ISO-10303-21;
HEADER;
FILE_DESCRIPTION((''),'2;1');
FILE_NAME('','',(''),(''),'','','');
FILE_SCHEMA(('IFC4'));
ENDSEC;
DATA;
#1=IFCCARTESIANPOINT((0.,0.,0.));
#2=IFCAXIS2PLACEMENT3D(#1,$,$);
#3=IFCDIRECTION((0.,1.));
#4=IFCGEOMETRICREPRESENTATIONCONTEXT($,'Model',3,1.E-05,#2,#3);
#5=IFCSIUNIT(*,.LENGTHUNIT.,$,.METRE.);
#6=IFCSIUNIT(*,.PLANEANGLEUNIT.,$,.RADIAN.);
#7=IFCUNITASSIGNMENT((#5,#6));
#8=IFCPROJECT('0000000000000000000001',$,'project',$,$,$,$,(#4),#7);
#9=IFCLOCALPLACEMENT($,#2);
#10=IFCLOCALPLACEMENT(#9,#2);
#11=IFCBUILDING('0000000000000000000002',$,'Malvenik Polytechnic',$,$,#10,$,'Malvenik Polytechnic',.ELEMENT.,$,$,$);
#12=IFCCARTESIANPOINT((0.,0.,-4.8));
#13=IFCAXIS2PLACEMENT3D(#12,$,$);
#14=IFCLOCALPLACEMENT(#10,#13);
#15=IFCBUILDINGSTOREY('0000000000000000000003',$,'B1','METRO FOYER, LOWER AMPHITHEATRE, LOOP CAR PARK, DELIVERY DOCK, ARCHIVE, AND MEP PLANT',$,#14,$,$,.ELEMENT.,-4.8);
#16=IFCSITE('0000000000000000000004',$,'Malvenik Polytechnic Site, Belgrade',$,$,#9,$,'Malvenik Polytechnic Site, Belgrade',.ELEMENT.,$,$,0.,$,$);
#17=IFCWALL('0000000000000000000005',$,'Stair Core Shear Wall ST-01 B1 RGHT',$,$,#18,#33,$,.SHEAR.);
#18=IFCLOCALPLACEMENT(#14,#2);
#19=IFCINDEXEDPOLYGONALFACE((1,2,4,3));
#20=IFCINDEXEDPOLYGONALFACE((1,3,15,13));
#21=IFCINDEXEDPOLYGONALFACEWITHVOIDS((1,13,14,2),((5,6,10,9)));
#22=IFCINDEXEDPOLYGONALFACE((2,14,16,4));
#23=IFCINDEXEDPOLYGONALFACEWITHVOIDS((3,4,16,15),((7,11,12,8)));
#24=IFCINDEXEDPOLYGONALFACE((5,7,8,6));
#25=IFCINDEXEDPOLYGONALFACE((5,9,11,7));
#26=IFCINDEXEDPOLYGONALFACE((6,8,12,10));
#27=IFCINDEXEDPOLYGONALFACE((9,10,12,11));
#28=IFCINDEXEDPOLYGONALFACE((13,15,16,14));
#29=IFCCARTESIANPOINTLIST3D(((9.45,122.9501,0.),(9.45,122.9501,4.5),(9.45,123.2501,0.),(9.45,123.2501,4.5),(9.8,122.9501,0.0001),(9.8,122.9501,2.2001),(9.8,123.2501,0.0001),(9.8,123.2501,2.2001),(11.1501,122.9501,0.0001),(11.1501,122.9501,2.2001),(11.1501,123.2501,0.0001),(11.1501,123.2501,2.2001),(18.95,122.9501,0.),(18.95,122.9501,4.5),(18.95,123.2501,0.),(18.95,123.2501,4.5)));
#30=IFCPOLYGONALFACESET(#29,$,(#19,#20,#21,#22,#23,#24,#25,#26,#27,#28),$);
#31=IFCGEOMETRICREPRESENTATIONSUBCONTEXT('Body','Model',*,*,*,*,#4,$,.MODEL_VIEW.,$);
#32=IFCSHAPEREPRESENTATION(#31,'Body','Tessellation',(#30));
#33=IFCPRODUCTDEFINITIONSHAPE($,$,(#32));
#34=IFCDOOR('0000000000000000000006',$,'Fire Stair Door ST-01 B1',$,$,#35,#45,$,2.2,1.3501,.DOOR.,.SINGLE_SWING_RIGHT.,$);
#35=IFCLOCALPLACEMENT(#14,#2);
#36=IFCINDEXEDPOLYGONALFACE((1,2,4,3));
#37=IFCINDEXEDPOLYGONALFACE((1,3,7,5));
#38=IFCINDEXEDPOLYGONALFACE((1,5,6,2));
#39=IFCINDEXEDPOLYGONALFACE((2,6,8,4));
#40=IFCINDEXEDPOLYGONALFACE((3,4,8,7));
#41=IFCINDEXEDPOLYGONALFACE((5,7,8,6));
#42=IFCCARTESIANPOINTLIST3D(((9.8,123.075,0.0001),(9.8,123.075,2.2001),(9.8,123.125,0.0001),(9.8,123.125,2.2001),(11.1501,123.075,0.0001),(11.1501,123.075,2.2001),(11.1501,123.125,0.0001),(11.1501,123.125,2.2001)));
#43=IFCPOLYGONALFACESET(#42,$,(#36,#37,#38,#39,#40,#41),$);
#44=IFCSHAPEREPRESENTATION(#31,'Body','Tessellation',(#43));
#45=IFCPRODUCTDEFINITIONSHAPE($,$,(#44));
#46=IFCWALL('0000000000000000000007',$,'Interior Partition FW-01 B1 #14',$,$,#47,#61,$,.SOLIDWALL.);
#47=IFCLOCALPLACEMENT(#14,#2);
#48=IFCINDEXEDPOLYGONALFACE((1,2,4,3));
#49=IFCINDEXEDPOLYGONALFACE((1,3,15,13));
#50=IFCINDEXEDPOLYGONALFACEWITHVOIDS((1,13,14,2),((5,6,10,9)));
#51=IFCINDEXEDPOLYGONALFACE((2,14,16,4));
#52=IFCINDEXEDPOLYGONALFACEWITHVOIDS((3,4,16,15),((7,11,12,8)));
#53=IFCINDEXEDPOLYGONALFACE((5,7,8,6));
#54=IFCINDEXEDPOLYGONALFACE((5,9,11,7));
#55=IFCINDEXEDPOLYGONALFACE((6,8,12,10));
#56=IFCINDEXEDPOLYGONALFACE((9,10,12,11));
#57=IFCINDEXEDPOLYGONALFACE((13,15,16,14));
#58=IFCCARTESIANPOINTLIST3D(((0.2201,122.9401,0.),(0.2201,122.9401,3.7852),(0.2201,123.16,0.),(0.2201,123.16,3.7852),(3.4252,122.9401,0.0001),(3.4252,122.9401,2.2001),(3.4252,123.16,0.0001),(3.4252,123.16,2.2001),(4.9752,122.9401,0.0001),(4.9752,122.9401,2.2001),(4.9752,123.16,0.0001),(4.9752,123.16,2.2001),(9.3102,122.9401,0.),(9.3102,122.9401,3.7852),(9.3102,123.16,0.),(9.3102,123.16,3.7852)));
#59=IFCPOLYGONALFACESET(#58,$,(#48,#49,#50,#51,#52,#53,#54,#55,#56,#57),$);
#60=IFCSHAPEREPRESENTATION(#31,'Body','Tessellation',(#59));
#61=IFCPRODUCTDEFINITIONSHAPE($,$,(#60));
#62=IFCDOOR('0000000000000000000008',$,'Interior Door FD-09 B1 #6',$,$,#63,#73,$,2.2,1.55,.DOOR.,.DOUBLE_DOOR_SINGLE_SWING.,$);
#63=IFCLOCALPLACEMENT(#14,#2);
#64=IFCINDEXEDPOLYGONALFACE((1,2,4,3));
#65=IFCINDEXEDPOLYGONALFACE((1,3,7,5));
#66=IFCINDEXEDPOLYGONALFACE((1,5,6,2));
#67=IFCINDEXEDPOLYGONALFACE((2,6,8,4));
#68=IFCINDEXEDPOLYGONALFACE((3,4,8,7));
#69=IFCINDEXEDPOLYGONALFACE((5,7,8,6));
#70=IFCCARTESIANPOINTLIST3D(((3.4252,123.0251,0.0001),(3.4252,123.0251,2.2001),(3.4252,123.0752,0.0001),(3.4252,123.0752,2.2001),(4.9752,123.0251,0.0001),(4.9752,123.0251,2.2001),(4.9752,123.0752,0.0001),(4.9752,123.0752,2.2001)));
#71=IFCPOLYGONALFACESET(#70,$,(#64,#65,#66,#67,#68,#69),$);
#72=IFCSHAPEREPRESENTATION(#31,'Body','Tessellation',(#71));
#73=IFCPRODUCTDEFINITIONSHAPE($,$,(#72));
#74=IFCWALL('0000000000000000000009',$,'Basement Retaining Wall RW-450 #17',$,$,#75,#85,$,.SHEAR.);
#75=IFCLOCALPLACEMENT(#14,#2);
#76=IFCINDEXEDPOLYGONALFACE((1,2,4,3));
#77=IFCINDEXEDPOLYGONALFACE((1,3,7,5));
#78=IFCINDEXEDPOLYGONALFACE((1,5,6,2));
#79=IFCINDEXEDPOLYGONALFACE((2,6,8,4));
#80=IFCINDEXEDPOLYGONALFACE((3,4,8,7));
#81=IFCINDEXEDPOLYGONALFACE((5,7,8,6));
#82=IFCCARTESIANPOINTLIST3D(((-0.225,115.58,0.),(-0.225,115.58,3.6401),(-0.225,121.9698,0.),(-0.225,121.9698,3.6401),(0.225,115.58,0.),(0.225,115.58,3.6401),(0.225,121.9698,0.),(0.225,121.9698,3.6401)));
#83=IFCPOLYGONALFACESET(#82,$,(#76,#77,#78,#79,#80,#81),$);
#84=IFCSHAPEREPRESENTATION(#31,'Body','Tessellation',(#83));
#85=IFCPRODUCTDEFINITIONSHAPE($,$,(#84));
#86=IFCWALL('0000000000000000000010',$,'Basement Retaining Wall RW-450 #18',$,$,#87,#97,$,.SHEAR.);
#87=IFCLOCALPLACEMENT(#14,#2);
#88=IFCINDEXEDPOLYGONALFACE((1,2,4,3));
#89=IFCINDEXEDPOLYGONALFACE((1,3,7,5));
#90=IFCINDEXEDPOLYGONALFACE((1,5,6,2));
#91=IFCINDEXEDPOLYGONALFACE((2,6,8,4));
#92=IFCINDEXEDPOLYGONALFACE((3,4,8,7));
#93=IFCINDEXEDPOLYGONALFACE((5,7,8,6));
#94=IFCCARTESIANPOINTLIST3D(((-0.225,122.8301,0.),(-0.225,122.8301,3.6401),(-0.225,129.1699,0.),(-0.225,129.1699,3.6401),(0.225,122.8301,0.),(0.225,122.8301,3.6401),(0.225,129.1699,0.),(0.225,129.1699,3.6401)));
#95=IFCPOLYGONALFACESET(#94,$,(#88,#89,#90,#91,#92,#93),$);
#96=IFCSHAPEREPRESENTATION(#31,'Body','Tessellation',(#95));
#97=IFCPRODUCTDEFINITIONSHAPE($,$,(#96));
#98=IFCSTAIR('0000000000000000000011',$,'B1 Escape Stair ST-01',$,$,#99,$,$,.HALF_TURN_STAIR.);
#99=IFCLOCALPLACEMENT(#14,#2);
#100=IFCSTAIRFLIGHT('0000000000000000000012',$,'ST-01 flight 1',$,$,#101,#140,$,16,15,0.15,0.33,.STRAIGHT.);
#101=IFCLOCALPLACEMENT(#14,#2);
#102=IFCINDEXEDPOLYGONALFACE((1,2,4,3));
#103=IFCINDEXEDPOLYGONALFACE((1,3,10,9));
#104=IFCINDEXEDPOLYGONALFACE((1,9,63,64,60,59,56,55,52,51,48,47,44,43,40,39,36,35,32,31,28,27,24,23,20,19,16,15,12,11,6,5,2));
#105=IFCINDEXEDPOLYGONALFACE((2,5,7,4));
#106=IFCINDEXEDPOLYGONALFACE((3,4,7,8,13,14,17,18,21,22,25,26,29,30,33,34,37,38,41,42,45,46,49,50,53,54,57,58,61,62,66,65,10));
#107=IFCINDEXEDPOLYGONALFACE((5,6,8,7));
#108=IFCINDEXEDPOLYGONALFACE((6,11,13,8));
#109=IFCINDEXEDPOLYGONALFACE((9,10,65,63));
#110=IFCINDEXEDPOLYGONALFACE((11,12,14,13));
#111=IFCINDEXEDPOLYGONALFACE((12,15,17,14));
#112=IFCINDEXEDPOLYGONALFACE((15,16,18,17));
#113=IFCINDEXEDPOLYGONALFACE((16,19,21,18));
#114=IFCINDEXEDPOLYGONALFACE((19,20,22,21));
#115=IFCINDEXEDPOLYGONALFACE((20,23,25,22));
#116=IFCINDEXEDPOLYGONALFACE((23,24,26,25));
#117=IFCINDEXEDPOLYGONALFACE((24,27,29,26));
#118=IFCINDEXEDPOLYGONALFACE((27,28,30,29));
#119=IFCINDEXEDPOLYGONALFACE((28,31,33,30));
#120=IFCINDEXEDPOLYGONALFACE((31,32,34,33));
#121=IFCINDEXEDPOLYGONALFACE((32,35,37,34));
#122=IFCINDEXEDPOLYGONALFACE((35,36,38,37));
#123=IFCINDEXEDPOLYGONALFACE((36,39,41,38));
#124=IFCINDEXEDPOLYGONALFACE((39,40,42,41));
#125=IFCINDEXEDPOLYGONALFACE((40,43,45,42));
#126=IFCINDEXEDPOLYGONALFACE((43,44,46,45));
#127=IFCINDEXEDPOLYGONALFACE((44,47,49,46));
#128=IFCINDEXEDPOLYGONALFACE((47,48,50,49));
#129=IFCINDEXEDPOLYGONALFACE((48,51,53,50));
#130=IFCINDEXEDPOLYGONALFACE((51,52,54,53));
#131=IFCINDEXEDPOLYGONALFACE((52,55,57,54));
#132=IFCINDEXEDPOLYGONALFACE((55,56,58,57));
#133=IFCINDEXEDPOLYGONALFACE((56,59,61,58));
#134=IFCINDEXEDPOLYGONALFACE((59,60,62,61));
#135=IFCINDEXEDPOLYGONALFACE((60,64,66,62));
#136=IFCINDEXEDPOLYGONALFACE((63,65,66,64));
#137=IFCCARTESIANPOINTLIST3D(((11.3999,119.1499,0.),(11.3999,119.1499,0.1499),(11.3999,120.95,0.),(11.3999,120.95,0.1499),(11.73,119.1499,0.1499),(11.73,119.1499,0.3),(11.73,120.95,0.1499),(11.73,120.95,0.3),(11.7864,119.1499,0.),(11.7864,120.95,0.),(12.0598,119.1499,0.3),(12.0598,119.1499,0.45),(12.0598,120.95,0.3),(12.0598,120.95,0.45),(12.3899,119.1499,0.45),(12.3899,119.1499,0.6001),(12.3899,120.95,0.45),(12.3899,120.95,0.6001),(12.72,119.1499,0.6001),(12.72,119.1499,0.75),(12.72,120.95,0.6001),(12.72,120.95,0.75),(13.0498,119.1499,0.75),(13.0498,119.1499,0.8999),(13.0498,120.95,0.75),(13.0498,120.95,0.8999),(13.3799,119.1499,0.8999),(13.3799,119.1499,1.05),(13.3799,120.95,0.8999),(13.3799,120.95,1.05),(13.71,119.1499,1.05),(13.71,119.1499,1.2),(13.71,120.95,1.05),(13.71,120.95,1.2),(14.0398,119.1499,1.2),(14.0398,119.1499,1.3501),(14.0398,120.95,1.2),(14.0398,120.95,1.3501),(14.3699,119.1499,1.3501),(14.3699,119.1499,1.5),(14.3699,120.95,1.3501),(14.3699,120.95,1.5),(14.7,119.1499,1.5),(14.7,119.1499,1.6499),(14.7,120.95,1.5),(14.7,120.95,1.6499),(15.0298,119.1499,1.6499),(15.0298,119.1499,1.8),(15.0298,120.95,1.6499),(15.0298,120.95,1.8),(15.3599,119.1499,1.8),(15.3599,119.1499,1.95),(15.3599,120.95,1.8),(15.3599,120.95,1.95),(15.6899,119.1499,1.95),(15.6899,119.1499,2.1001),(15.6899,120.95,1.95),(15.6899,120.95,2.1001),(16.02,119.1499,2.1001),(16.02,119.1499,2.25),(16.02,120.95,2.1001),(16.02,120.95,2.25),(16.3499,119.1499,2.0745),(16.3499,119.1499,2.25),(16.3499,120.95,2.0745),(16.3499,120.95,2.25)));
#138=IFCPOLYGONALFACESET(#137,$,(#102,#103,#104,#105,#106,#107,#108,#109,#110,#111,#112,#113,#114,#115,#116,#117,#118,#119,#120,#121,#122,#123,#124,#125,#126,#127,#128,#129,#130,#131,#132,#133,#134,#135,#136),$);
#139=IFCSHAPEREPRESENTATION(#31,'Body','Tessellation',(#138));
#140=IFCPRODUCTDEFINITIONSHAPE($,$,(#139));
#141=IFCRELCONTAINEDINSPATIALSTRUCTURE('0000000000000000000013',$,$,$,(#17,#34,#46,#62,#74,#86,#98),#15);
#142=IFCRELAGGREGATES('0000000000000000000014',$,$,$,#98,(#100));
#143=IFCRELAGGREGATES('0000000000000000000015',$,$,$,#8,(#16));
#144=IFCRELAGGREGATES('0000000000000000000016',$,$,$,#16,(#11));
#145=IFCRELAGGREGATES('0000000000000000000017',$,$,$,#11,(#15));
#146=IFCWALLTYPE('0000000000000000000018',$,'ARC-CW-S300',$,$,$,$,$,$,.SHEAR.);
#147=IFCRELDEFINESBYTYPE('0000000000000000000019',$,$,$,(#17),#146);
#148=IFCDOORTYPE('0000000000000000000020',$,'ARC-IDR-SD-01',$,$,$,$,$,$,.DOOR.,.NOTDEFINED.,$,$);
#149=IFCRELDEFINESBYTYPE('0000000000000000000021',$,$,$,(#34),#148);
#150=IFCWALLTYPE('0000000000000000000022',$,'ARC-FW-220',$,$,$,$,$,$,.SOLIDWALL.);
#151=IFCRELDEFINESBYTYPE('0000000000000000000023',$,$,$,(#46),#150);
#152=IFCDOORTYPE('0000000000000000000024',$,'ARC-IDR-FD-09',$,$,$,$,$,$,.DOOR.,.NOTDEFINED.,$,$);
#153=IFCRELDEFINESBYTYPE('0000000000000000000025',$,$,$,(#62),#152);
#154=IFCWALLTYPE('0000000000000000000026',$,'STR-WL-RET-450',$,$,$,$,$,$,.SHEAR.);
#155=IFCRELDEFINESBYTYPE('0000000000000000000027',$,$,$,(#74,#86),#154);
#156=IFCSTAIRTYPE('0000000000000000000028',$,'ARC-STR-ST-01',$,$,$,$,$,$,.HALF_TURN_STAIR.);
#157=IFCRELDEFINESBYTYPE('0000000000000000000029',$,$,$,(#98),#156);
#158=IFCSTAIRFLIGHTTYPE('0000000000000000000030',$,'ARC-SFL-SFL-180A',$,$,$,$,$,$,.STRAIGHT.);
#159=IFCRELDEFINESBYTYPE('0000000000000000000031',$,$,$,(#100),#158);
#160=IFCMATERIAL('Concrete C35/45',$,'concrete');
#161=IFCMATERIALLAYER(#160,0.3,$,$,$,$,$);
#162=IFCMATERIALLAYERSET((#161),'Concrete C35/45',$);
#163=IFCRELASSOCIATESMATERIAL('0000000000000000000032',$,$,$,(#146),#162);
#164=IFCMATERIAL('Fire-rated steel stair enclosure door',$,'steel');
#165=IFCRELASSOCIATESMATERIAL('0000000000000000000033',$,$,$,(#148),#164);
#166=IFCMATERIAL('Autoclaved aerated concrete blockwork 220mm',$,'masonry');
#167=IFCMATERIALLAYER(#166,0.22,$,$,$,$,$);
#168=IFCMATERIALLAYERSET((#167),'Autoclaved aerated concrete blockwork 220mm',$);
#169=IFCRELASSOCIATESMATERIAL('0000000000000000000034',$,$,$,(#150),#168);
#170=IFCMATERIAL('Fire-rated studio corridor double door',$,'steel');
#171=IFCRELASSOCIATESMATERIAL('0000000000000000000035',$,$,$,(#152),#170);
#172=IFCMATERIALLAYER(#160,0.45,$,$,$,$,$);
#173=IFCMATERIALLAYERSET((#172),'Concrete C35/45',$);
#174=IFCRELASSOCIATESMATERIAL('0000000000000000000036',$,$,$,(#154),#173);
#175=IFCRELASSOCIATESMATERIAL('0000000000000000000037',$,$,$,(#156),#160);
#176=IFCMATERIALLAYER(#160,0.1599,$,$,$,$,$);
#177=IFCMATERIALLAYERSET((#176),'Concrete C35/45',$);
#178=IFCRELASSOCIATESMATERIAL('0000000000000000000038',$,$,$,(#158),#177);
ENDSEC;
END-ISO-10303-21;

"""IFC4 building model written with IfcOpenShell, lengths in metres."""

from ifc_helpers import new_model, si_unit, direction, frame, frame_2d, origin, place, context, subcontext, project, spatial, polyline, rectangle, outline, extrude, material, layer, layer_set, type_object, element, fill, aggregate, save


model = new_model("IFC4")

# Units and contexts
model_context = context("Model", 3, precision=1e-05, world=origin(), true_north=direction((0.0, 1.0)))
body_context = subcontext(model_context, "Body", "Model", "MODEL_VIEW")
ifc_project = project(units=[si_unit("LENGTHUNIT", "METRE"), si_unit("PLANEANGLEUNIT", "RADIAN")], contexts=[model_context])

# Site, building, storey
site_placement = place(None, origin())
site = spatial("IfcSite", under=ifc_project, at=site_placement, Name="Malvenik Polytechnic Site, Belgrade", LongName="Malvenik Polytechnic Site, Belgrade", CompositionType="ELEMENT", RefElevation=0.0)
building_placement = place(site_placement, origin())
building = spatial("IfcBuilding", under=site, at=building_placement, Name="Malvenik Polytechnic", LongName="Malvenik Polytechnic", CompositionType="ELEMENT")
storey_placement = place(building_placement, frame((0.0, 0.0, -4.8)))
storey = spatial("IfcBuildingStorey", under=building, at=storey_placement, Name="B1", Description="METRO FOYER, LOWER AMPHITHEATRE, LOOP CAR PARK, DELIVERY DOCK, ARCHIVE, AND MEP PLANT", CompositionType="ELEMENT", Elevation=-4.8)

# Shared definitions
ifc_material_1 = material(Name="Concrete C35/45", Category="concrete")

# Shared definitions
ifc_layer_1 = layer(ifc_material_1, 0.3)
ifc_layer_set_1 = layer_set([ifc_layer_1], Name="Concrete C35/45")
wall_type_1 = type_object("IfcWallType", Name="ARC-CW-S300", PredefinedType="SHEAR", material=ifc_layer_set_1)

# Walls, openings, doors
wall_1_placement = place(storey_placement, frame((9.45, 123.1001, 0.0), z_axis=(0.0, 0.0, 1.0), x_axis=(1.0, 0.0, 0.0)))
wall_1 = element("IfcWall", 1, at=wall_1_placement, inside=storey, type_object=wall_type_1, Name="Stair Core Shear Wall ST-01 B1 RGHT", PredefinedType="SHEAR", context=body_context, shape_type="SweptSolid", body=[
    extrude(rectangle(XDim=9.5, YDim=0.3, at=frame_2d((4.75, 0.0))), origin(), (0.0, 0.0, 1.0), 4.5),
])
opening_1_placement = place(wall_1_placement, frame((0.3501, 0.0, 0.0)))
opening_1 = element("IfcOpeningElement", 2, at=opening_1_placement, cuts=wall_1, PredefinedType="OPENING", context=body_context, shape_type="SweptSolid", body=[
    extrude(rectangle(XDim=1.3501, YDim=2.2, at=frame_2d((0.675, 1.1001))), frame((0.0, 0.1602, 0.0), z_axis=(0.0, -1.0, 0.0), x_axis=(1.0, 0.0, 0.0)), (0.0, 0.0, 1.0), 0.3201),
])
ifc_material_2 = material(Name="Fire-rated steel stair enclosure door", Category="steel")
door_type_1 = type_object("IfcDoorType", Name="ARC-IDR-SD-01", OperationType="NOTDEFINED", PredefinedType="DOOR", material=ifc_material_2)
door_1_placement = place(opening_1_placement, origin())
door_1 = element("IfcDoor", 3, at=door_1_placement, inside=storey, type_object=door_type_1, Name="Fire Stair Door ST-01 B1", OperationType="SINGLE_SWING_RIGHT", OverallHeight=2.2, OverallWidth=1.3501, PredefinedType="DOOR", context=body_context, shape_type="SweptSolid", body=[
    extrude(rectangle(XDim=1.3501, YDim=2.2, at=frame_2d((0.675, 1.1001))), frame((0.0, 0.0249, 0.0), z_axis=(0.0, -1.0, 0.0), x_axis=(1.0, 0.0, 0.0)), (0.0, 0.0, 1.0), 0.05),
])
fill(opening_1, door_1)
ifc_material_3 = material(Name="Autoclaved aerated concrete blockwork 220mm", Category="masonry")
ifc_layer_2 = layer(ifc_material_3, 0.22)
ifc_layer_set_2 = layer_set([ifc_layer_2], Name="Autoclaved aerated concrete blockwork 220mm")
wall_type_2 = type_object("IfcWallType", Name="ARC-FW-220", PredefinedType="SOLIDWALL", material=ifc_layer_set_2)
wall_2_placement = place(storey_placement, frame((9.3101, 123.05, 0.0), z_axis=(0.0, 0.0, 1.0), x_axis=(-1.0, 0.0, 0.0)))
wall_2 = element("IfcWall", 4, at=wall_2_placement, inside=storey, type_object=wall_type_2, Name="Interior Partition FW-01 B1 #14", PredefinedType="SOLIDWALL", context=body_context, shape_type="SweptSolid", body=[
    extrude(rectangle(XDim=9.0901, YDim=0.22, at=frame_2d((4.5449, 0.0))), origin(), (0.0, 0.0, 1.0), 3.7852),
])
opening_2_placement = place(wall_2_placement, frame((4.335, 0.0, 0.0)))
opening_2 = element("IfcOpeningElement", 5, at=opening_2_placement, cuts=wall_2, PredefinedType="OPENING", context=body_context, shape_type="SweptSolid", body=[
    extrude(rectangle(XDim=1.55, YDim=2.2, at=frame_2d((0.7749, 1.1001))), frame((0.0, 0.1201, 0.0), z_axis=(0.0, -1.0, 0.0), x_axis=(1.0, 0.0, 0.0)), (0.0, 0.0, 1.0), 0.24),
])
ifc_material_4 = material(Name="Fire-rated studio corridor double door", Category="steel")
door_type_2 = type_object("IfcDoorType", Name="ARC-IDR-FD-09", OperationType="NOTDEFINED", PredefinedType="DOOR", material=ifc_material_4)
door_2_placement = place(opening_2_placement, origin())
door_2 = element("IfcDoor", 6, at=door_2_placement, inside=storey, type_object=door_type_2, Name="Interior Door FD-09 B1 #6", OperationType="DOUBLE_DOOR_SINGLE_SWING", OverallHeight=2.2, OverallWidth=1.55, PredefinedType="DOOR", context=body_context, shape_type="SweptSolid", body=[
    extrude(rectangle(XDim=1.55, YDim=2.2, at=frame_2d((0.7749, 1.1001))), frame((0.0, 0.0249, 0.0), z_axis=(0.0, -1.0, 0.0), x_axis=(1.0, 0.0, 0.0)), (0.0, 0.0, 1.0), 0.05),
])
fill(opening_2, door_2)

# Walls
ifc_layer_3 = layer(ifc_material_1, 0.45)
ifc_layer_set_3 = layer_set([ifc_layer_3], Name="Concrete C35/45")
wall_type_3 = type_object("IfcWallType", Name="STR-WL-RET-450", PredefinedType="SHEAR", material=ifc_layer_set_3)
wall_3_placement = place(storey_placement, frame((0.0, 115.5801, 0.0), z_axis=(0.0, 0.0, 1.0), x_axis=(0.0, 1.0, 0.0)))
element("IfcWall", 7, at=wall_3_placement, inside=storey, type_object=wall_type_3, Name="Basement Retaining Wall RW-450 #17", PredefinedType="SHEAR", context=body_context, shape_type="SweptSolid", body=[
    extrude(rectangle(XDim=6.3899, YDim=0.45, at=frame_2d((3.1948, 0.0))), origin(), (0.0, 0.0, 1.0), 3.6401),
])
wall_4_placement = place(storey_placement, frame((0.0, 122.8301, 0.0), z_axis=(0.0, 0.0, 1.0), x_axis=(0.0, 1.0, 0.0)))
element("IfcWall", 8, at=wall_4_placement, inside=storey, type_object=wall_type_3, Name="Basement Retaining Wall RW-450 #18", PredefinedType="SHEAR", context=body_context, shape_type="SweptSolid", body=[
    extrude(rectangle(XDim=6.3398, YDim=0.45, at=frame_2d((3.1699, 0.0))), origin(), (0.0, 0.0, 1.0), 3.6401),
])

# Stair, stair flight
stair_type = type_object("IfcStairType", Name="ARC-STR-ST-01", PredefinedType="HALF_TURN_STAIR", material=ifc_material_1)
stair_placement = place(storey_placement, origin())
stair = element("IfcStair", 9, at=stair_placement, inside=storey, type_object=stair_type, Name="B1 Escape Stair ST-01", PredefinedType="HALF_TURN_STAIR")
ifc_layer_4 = layer(ifc_material_1, 0.1599)
ifc_layer_set_4 = layer_set([ifc_layer_4], Name="Concrete C35/45")
stair_flight_type = type_object("IfcStairFlightType", Name="ARC-SFL-SFL-180A", PredefinedType="STRAIGHT", material=ifc_layer_set_4)
stair_flight_placement = place(storey_placement, frame((11.3999, 120.05, 0.0), z_axis=(0.0, 0.0, 1.0), x_axis=(1.0, 0.0, 0.0)))
stair_flight = element("IfcStairFlight", 10, at=stair_flight_placement, type_object=stair_flight_type, Name="ST-01 flight 1", NumberOfRisers=16, NumberOfTreads=15, PredefinedType="STRAIGHT", RiserHeight=0.15, TreadLength=0.33, context=body_context, shape_type="SweptSolid", body=[
    extrude(outline(polyline([(0.0, 0.0), (0.0, 0.1499), (0.3301, 0.1499), (0.3301, 0.3), (0.6599, 0.3), (0.6599, 0.45), (0.99, 0.45), (0.99, 0.6001), (1.3201, 0.6001), (1.3201, 0.75), (1.6499, 0.75), (1.6499, 0.8999), (1.98, 0.8999), (1.98, 1.05), (2.3101, 1.05), (2.3101, 1.2), (2.6399, 1.2), (2.6399, 1.3501), (2.97, 1.3501), (2.97, 1.5), (3.3, 1.5), (3.3, 1.6499), (3.6299, 1.6499), (3.6299, 1.8), (3.96, 1.8), (3.96, 1.95), (4.29, 1.95), (4.29, 2.1001), (4.6201, 2.1001), (4.6201, 2.25), (4.95, 2.25), (4.95, 2.3999), (4.95, 2.0745), (0.3865, 0.0), (0.0, 0.0)])), frame((0.0, 0.8999, 0.0), z_axis=(0.0, -1.0, 0.0), x_axis=(1.0, 0.0, 0.0)), (0.0, 0.0, 1.0), 1.8),
])
aggregate(stair, [stair_flight])

save(model, "model.ifc")
